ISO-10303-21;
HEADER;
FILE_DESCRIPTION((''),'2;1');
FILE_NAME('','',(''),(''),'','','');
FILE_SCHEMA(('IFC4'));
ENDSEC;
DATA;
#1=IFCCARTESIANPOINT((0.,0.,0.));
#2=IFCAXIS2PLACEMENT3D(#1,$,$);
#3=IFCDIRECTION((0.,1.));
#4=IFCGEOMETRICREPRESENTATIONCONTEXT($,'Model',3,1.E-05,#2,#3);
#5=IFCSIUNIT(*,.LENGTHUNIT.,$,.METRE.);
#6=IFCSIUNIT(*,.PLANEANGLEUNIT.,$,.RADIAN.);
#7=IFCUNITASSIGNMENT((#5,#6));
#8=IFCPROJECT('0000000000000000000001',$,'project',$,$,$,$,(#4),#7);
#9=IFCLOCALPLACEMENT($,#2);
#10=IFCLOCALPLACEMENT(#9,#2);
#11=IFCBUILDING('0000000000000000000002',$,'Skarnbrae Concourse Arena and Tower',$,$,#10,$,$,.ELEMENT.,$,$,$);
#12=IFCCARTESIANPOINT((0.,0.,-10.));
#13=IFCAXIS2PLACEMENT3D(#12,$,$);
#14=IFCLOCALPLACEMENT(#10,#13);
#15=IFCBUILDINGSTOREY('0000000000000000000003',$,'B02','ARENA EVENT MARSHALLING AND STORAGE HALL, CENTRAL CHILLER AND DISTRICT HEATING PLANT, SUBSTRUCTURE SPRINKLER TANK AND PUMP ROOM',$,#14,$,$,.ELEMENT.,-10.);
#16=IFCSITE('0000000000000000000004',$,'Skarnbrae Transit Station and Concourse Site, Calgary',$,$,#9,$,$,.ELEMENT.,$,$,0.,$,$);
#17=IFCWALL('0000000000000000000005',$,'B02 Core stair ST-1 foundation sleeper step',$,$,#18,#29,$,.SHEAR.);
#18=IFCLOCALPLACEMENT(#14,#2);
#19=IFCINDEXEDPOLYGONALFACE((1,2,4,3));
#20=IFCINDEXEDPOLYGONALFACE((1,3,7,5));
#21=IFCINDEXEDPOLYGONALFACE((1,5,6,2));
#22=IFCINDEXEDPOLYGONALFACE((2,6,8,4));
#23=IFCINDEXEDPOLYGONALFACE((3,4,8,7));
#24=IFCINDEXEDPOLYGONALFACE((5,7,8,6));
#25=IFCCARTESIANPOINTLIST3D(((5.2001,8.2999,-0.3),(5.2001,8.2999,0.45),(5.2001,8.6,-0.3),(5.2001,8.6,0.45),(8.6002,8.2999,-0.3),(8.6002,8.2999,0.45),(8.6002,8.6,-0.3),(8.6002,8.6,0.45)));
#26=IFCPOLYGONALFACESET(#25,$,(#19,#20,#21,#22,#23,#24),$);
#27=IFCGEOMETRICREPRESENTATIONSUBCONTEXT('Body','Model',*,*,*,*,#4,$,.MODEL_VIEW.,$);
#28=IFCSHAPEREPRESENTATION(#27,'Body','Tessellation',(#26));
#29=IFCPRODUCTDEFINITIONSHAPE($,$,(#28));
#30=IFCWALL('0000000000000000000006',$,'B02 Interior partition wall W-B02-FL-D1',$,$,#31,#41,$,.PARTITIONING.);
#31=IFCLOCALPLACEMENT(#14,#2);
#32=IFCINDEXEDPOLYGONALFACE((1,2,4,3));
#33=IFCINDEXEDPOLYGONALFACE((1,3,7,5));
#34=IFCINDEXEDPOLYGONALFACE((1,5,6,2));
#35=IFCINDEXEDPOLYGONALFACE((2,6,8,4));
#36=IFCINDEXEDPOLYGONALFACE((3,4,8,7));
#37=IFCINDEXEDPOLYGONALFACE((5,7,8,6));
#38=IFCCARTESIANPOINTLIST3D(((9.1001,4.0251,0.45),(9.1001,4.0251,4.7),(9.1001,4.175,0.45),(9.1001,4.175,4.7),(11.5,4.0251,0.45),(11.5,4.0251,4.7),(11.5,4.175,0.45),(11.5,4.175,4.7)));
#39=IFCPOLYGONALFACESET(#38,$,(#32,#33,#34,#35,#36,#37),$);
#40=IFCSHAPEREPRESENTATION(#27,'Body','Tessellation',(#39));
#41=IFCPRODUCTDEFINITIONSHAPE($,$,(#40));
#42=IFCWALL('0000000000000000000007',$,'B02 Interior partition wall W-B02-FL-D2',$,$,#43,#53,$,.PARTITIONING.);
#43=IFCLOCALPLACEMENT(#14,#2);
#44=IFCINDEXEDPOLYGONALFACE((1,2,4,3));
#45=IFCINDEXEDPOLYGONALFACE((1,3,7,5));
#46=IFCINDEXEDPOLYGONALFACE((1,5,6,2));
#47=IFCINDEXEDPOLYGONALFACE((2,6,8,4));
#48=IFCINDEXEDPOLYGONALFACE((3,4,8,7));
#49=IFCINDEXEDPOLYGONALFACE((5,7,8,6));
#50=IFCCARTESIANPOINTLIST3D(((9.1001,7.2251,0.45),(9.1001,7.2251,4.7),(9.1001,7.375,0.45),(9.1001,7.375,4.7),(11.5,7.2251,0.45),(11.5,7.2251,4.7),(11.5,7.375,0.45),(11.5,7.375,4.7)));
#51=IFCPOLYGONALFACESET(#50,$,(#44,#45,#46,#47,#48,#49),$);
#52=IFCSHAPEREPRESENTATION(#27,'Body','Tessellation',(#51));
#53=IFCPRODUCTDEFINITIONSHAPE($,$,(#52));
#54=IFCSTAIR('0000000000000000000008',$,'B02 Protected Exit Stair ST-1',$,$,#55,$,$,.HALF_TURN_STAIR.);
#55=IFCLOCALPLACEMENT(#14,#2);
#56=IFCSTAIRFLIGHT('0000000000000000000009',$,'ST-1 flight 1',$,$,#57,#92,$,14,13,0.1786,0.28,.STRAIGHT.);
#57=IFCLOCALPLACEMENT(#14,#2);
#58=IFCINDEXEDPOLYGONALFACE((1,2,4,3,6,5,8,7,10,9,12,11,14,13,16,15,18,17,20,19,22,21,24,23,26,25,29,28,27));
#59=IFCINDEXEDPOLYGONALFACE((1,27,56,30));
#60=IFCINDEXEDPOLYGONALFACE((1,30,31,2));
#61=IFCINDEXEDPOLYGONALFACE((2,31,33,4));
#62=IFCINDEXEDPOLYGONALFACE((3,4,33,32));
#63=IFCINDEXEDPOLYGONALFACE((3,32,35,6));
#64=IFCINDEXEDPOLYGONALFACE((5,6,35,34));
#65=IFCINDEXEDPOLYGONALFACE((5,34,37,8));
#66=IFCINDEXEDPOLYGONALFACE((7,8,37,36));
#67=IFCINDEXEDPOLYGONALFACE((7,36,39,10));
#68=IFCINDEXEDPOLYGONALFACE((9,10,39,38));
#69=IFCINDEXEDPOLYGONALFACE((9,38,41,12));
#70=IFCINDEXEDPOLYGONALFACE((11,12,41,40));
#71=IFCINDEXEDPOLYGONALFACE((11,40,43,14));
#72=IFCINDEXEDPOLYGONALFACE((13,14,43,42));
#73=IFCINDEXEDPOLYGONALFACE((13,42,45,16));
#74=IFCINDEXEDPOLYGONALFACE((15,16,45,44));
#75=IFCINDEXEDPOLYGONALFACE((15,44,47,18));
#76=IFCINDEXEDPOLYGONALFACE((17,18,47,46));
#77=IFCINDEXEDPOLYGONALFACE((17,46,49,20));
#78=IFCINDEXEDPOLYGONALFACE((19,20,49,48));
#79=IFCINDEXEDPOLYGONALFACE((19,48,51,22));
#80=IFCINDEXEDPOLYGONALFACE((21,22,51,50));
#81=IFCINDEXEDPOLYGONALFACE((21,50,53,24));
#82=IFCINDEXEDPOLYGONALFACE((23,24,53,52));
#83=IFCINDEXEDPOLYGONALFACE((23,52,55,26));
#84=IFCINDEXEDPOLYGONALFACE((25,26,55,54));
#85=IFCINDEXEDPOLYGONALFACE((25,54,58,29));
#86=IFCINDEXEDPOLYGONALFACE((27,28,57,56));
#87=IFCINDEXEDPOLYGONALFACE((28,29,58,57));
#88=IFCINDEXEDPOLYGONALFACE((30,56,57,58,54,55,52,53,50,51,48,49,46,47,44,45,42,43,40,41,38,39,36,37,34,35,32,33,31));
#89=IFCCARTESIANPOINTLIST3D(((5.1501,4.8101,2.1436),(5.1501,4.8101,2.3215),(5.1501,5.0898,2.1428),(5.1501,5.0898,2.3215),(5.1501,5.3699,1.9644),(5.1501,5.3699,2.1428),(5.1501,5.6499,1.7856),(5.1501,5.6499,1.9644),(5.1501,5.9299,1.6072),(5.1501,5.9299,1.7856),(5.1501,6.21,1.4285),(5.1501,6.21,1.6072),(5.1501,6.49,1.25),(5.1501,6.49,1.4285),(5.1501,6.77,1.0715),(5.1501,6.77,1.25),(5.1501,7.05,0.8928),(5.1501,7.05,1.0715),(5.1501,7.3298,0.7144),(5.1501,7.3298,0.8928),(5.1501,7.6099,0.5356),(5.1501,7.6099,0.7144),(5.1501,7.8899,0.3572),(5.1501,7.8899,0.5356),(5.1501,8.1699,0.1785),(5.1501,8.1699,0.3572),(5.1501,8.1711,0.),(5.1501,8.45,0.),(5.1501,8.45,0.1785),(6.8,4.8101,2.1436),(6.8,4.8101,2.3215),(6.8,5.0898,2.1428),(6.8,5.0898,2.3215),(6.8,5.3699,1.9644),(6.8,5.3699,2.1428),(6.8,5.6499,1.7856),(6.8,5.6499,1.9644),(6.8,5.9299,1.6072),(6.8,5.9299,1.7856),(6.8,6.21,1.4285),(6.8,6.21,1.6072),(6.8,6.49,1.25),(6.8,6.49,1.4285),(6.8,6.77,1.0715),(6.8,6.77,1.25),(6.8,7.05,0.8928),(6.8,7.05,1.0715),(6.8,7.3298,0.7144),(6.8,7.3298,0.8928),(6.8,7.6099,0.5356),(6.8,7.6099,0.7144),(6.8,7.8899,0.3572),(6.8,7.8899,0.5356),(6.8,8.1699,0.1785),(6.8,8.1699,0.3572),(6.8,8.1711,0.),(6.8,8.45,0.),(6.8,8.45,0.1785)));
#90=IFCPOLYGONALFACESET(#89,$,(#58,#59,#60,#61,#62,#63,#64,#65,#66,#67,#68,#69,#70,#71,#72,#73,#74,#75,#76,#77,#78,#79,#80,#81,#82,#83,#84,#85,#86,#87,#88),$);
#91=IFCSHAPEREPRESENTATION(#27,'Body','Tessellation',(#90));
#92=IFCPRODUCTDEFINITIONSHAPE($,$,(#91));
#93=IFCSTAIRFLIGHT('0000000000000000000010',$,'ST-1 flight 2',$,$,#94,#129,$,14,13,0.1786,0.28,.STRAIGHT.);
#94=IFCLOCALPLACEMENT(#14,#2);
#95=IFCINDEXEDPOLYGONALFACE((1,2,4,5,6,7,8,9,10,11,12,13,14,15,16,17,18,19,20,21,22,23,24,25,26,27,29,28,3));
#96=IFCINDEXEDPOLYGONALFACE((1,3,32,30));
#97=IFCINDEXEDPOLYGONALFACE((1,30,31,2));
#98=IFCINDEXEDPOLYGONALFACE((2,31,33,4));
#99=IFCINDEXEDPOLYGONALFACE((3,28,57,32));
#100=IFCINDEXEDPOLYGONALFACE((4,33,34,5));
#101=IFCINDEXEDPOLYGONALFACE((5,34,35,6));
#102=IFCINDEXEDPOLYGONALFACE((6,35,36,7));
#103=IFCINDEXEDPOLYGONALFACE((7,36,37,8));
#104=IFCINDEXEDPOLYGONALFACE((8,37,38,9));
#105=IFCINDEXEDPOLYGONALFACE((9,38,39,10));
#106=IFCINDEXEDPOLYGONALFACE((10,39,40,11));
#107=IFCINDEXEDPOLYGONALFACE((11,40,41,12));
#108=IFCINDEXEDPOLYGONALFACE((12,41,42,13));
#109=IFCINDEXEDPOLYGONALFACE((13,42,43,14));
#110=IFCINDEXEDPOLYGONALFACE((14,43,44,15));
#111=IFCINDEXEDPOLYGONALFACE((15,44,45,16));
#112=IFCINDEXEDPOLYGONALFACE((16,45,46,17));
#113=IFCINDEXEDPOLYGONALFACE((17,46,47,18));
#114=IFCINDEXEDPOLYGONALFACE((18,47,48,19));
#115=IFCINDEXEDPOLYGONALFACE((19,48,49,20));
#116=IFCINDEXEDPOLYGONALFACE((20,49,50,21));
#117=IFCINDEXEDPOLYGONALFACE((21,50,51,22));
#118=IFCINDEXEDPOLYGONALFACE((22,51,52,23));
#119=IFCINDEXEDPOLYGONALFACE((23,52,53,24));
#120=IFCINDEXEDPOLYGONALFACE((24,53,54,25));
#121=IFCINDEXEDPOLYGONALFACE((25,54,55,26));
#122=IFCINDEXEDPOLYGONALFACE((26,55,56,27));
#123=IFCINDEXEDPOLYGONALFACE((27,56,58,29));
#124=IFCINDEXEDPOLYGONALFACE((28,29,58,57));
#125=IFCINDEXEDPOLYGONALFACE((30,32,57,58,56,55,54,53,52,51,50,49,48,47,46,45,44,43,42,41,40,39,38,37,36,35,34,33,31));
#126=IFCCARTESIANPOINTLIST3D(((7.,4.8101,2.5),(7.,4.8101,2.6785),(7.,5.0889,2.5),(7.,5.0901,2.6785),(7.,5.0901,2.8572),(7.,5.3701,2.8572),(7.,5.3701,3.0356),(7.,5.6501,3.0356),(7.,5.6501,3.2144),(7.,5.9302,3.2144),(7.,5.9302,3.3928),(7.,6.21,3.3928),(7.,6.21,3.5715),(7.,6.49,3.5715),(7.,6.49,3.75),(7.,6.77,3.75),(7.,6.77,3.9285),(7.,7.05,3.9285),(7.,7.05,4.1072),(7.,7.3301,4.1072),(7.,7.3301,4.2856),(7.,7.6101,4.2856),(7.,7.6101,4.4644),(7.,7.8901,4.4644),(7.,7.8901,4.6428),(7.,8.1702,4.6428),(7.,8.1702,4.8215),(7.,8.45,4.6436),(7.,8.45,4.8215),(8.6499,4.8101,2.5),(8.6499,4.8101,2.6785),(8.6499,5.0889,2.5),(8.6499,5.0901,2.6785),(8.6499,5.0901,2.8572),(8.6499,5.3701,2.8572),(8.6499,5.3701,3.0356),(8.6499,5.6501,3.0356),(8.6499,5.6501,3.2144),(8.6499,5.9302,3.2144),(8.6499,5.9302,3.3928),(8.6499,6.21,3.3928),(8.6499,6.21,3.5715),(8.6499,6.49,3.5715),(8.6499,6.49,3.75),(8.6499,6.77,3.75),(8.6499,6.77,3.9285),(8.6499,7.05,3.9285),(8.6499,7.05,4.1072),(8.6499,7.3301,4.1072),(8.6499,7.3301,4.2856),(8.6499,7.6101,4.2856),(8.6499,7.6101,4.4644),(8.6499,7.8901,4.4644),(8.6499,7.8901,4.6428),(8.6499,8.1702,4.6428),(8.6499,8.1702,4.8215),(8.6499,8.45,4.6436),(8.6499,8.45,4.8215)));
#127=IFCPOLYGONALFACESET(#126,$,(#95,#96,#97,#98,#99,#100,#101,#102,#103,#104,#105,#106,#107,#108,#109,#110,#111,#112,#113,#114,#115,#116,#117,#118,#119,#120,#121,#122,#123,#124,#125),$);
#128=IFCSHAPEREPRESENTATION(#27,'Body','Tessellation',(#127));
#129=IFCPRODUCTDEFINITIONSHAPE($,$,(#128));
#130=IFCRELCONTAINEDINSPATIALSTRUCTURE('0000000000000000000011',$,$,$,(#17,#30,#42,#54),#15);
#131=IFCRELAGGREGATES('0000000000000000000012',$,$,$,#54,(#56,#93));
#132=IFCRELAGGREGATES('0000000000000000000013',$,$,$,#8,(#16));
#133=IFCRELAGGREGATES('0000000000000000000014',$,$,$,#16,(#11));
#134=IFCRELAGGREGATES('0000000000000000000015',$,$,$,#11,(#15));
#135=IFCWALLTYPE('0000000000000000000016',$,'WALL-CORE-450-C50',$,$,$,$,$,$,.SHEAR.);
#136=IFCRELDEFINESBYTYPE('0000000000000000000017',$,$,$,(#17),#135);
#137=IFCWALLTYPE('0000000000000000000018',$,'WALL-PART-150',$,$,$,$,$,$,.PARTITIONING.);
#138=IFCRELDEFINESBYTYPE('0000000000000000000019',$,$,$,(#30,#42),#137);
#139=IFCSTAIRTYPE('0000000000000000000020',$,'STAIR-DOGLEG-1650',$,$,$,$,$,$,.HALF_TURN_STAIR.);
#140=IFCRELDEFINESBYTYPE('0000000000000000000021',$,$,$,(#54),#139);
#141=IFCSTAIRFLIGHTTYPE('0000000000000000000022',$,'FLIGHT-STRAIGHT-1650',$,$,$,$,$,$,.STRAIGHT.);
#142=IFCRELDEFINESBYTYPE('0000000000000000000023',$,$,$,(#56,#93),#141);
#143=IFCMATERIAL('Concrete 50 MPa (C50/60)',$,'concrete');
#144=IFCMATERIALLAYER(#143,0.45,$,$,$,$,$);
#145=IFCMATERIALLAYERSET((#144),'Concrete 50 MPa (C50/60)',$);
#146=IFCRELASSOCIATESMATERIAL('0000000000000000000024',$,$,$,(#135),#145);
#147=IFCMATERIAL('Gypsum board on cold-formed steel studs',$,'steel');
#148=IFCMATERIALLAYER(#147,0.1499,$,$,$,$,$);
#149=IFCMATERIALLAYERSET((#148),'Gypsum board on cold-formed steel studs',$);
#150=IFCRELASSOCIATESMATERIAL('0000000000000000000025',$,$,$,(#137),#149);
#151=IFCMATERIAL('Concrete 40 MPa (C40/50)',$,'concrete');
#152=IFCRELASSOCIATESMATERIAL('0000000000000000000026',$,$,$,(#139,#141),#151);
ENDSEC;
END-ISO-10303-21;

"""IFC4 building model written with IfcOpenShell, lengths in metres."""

from ifc_helpers import new_model, si_unit, direction, frame, frame_2d, origin, place, context, subcontext, project, spatial, polyline, rectangle, outline, extrude, source, transform, mapped, material, layer, layer_set, type_object, element, aggregate, save


model = new_model("IFC4")

# Units and contexts
model_context = context("Model", 3, precision=1e-05, world=origin(), true_north=direction((0.0, 1.0)))
body_context = subcontext(model_context, "Body", "Model", "MODEL_VIEW")
ifc_project = project(units=[si_unit("LENGTHUNIT", "METRE"), si_unit("PLANEANGLEUNIT", "RADIAN")], contexts=[model_context])

# Site, building, storey
site_placement = place(None, origin())
site = spatial("IfcSite", under=ifc_project, at=site_placement, Name="Skarnbrae Transit Station and Concourse Site, Calgary", CompositionType="ELEMENT", RefElevation=0.0)
building_placement = place(site_placement, origin())
building = spatial("IfcBuilding", under=site, at=building_placement, Name="Skarnbrae Concourse Arena and Tower", CompositionType="ELEMENT")
storey_placement = place(building_placement, frame((0.0, 0.0, -10.0)))
storey = spatial("IfcBuildingStorey", under=building, at=storey_placement, Name="B02", Description="ARENA EVENT MARSHALLING AND STORAGE HALL, CENTRAL CHILLER AND DISTRICT HEATING PLANT, SUBSTRUCTURE SPRINKLER TANK AND PUMP ROOM", CompositionType="ELEMENT", Elevation=-10.0)

# Shared definitions
ifc_material_1 = material(Name="Concrete 50 MPa (C50/60)", Category="concrete")

# Shared definitions
ifc_layer_1 = layer(ifc_material_1, 0.45)
ifc_layer_set_1 = layer_set([ifc_layer_1], Name="Concrete 50 MPa (C50/60)")
wall_type_1 = type_object("IfcWallType", Name="WALL-CORE-450-C50", PredefinedType="SHEAR", material=ifc_layer_set_1)

# Wall
shared_shape_1 = source(origin(), body_context, "Body", "SweptSolid", [
    extrude(rectangle(XDim=3.4001, YDim=0.3, at=frame_2d((1.7002, 0.0))), origin(), (0.0, 0.0, 1.0), 0.75),
])
wall_1_placement = place(storey_placement, frame((5.2, 8.45, -0.3), z_axis=(0.0, 0.0, 1.0), x_axis=(1.0, 0.0, 0.0)))
element("IfcWall", 1, at=wall_1_placement, inside=storey, type_object=wall_type_1, Name="B02 Core stair ST-1 foundation sleeper step", PredefinedType="SHEAR", context=body_context, shape_type="MappedRepresentation", body=[
    mapped(shared_shape_1, transform((0.0, 0.0, 0.0))),
])

# Shared definitions
ifc_material_2 = material(Name="Gypsum board on cold-formed steel studs", Category="steel")

# Walls
ifc_layer_2 = layer(ifc_material_2, 0.1499)
ifc_layer_set_2 = layer_set([ifc_layer_2], Name="Gypsum board on cold-formed steel studs")
wall_type_2 = type_object("IfcWallType", Name="WALL-PART-150", PredefinedType="PARTITIONING", material=ifc_layer_set_2)
shared_shape_2 = source(origin(), body_context, "Body", "SweptSolid", [
    extrude(rectangle(XDim=2.3999, YDim=0.1499, at=frame_2d((1.2, 0.0))), origin(), (0.0, 0.0, 1.0), 4.25),
])
for number, where, z_axis, x_axis, name in (
    (2, (9.1001, 4.1001, 0.45), (0.0, 0.0, 1.0), (1.0, 0.0, 0.0), "B02 Interior partition wall W-B02-FL-D1"),
    (3, (9.1001, 7.3, 0.45), (0.0, 0.0, 1.0), (1.0, 0.0, 0.0), "B02 Interior partition wall W-B02-FL-D2"),
):
    element("IfcWall", number, at=place(storey_placement, frame(where, z_axis=z_axis, x_axis=x_axis)), inside=storey, type_object=wall_type_2, Name=name, PredefinedType="PARTITIONING", context=body_context, shape_type="MappedRepresentation", body=[
        mapped(shared_shape_2, transform((0.0, 0.0, 0.0))),
    ])

# Stair, stair flights
ifc_material_3 = material(Name="Concrete 40 MPa (C40/50)", Category="concrete")
stair_type = type_object("IfcStairType", Name="STAIR-DOGLEG-1650", PredefinedType="HALF_TURN_STAIR", material=ifc_material_3)
stair_placement = place(storey_placement, origin())
stair = element("IfcStair", 4, at=stair_placement, inside=storey, type_object=stair_type, Name="B02 Protected Exit Stair ST-1", PredefinedType="HALF_TURN_STAIR")
stair_flight_type = type_object("IfcStairFlightType", Name="FLIGHT-STRAIGHT-1650", PredefinedType="STRAIGHT", material=ifc_material_3)
shared_shape_3 = source(origin(), body_context, "Body", "SweptSolid", [
    extrude(outline(polyline([(0.0, 0.0), (0.0, 0.1785), (0.28, 0.1785), (0.28, 0.3572), (0.5601, 0.3572), (0.5601, 0.5356), (0.8401, 0.5356), (0.8401, 0.7144), (1.1201, 0.7144), (1.1201, 0.8928), (1.3999, 0.8928), (1.3999, 1.0715), (1.6799, 1.0715), (1.6799, 1.25), (1.96, 1.25), (1.96, 1.4285), (2.24, 1.4285), (2.24, 1.6072), (2.52, 1.6072), (2.52, 1.7856), (2.8, 1.7856), (2.8, 1.9644), (3.0801, 1.9644), (3.0801, 2.1428), (3.3601, 2.1428), (3.3601, 2.3215), (3.6399, 2.3215), (3.6399, 2.5), (3.6399, 2.1436), (0.2788, 0.0), (0.0, 0.0)])), frame((0.0, 0.825, 0.0), z_axis=(0.0, -1.0, 0.0), x_axis=(1.0, 0.0, 0.0)), (0.0, 0.0, 1.0), 1.6499),
])
stair_flight_1_placement = place(storey_placement, frame((5.9751, 8.45, 0.0), z_axis=(0.0, 0.0, 1.0), x_axis=(0.0, -1.0, 0.0)))
stair_flight_1 = element("IfcStairFlight", 5, at=stair_flight_1_placement, type_object=stair_flight_type, Name="ST-1 flight 1", NumberOfRisers=14, NumberOfTreads=13, PredefinedType="STRAIGHT", RiserHeight=0.1786, TreadLength=0.28, context=body_context, shape_type="MappedRepresentation", body=[
    mapped(shared_shape_3, transform((0.0, 0.0, 0.0))),
])
stair_flight_2_placement = place(storey_placement, frame((7.825, 4.8101, 2.5), z_axis=(0.0, 0.0, 1.0), x_axis=(0.0, 1.0, 0.0)))
stair_flight_2 = element("IfcStairFlight", 6, at=stair_flight_2_placement, type_object=stair_flight_type, Name="ST-1 flight 2", NumberOfRisers=14, NumberOfTreads=13, PredefinedType="STRAIGHT", RiserHeight=0.1786, TreadLength=0.28, context=body_context, shape_type="MappedRepresentation", body=[
    mapped(shared_shape_3, transform((0.0, 0.0, 0.0))),
])
aggregate(stair, [stair_flight_1, stair_flight_2])

save(model, "model.ifc")
